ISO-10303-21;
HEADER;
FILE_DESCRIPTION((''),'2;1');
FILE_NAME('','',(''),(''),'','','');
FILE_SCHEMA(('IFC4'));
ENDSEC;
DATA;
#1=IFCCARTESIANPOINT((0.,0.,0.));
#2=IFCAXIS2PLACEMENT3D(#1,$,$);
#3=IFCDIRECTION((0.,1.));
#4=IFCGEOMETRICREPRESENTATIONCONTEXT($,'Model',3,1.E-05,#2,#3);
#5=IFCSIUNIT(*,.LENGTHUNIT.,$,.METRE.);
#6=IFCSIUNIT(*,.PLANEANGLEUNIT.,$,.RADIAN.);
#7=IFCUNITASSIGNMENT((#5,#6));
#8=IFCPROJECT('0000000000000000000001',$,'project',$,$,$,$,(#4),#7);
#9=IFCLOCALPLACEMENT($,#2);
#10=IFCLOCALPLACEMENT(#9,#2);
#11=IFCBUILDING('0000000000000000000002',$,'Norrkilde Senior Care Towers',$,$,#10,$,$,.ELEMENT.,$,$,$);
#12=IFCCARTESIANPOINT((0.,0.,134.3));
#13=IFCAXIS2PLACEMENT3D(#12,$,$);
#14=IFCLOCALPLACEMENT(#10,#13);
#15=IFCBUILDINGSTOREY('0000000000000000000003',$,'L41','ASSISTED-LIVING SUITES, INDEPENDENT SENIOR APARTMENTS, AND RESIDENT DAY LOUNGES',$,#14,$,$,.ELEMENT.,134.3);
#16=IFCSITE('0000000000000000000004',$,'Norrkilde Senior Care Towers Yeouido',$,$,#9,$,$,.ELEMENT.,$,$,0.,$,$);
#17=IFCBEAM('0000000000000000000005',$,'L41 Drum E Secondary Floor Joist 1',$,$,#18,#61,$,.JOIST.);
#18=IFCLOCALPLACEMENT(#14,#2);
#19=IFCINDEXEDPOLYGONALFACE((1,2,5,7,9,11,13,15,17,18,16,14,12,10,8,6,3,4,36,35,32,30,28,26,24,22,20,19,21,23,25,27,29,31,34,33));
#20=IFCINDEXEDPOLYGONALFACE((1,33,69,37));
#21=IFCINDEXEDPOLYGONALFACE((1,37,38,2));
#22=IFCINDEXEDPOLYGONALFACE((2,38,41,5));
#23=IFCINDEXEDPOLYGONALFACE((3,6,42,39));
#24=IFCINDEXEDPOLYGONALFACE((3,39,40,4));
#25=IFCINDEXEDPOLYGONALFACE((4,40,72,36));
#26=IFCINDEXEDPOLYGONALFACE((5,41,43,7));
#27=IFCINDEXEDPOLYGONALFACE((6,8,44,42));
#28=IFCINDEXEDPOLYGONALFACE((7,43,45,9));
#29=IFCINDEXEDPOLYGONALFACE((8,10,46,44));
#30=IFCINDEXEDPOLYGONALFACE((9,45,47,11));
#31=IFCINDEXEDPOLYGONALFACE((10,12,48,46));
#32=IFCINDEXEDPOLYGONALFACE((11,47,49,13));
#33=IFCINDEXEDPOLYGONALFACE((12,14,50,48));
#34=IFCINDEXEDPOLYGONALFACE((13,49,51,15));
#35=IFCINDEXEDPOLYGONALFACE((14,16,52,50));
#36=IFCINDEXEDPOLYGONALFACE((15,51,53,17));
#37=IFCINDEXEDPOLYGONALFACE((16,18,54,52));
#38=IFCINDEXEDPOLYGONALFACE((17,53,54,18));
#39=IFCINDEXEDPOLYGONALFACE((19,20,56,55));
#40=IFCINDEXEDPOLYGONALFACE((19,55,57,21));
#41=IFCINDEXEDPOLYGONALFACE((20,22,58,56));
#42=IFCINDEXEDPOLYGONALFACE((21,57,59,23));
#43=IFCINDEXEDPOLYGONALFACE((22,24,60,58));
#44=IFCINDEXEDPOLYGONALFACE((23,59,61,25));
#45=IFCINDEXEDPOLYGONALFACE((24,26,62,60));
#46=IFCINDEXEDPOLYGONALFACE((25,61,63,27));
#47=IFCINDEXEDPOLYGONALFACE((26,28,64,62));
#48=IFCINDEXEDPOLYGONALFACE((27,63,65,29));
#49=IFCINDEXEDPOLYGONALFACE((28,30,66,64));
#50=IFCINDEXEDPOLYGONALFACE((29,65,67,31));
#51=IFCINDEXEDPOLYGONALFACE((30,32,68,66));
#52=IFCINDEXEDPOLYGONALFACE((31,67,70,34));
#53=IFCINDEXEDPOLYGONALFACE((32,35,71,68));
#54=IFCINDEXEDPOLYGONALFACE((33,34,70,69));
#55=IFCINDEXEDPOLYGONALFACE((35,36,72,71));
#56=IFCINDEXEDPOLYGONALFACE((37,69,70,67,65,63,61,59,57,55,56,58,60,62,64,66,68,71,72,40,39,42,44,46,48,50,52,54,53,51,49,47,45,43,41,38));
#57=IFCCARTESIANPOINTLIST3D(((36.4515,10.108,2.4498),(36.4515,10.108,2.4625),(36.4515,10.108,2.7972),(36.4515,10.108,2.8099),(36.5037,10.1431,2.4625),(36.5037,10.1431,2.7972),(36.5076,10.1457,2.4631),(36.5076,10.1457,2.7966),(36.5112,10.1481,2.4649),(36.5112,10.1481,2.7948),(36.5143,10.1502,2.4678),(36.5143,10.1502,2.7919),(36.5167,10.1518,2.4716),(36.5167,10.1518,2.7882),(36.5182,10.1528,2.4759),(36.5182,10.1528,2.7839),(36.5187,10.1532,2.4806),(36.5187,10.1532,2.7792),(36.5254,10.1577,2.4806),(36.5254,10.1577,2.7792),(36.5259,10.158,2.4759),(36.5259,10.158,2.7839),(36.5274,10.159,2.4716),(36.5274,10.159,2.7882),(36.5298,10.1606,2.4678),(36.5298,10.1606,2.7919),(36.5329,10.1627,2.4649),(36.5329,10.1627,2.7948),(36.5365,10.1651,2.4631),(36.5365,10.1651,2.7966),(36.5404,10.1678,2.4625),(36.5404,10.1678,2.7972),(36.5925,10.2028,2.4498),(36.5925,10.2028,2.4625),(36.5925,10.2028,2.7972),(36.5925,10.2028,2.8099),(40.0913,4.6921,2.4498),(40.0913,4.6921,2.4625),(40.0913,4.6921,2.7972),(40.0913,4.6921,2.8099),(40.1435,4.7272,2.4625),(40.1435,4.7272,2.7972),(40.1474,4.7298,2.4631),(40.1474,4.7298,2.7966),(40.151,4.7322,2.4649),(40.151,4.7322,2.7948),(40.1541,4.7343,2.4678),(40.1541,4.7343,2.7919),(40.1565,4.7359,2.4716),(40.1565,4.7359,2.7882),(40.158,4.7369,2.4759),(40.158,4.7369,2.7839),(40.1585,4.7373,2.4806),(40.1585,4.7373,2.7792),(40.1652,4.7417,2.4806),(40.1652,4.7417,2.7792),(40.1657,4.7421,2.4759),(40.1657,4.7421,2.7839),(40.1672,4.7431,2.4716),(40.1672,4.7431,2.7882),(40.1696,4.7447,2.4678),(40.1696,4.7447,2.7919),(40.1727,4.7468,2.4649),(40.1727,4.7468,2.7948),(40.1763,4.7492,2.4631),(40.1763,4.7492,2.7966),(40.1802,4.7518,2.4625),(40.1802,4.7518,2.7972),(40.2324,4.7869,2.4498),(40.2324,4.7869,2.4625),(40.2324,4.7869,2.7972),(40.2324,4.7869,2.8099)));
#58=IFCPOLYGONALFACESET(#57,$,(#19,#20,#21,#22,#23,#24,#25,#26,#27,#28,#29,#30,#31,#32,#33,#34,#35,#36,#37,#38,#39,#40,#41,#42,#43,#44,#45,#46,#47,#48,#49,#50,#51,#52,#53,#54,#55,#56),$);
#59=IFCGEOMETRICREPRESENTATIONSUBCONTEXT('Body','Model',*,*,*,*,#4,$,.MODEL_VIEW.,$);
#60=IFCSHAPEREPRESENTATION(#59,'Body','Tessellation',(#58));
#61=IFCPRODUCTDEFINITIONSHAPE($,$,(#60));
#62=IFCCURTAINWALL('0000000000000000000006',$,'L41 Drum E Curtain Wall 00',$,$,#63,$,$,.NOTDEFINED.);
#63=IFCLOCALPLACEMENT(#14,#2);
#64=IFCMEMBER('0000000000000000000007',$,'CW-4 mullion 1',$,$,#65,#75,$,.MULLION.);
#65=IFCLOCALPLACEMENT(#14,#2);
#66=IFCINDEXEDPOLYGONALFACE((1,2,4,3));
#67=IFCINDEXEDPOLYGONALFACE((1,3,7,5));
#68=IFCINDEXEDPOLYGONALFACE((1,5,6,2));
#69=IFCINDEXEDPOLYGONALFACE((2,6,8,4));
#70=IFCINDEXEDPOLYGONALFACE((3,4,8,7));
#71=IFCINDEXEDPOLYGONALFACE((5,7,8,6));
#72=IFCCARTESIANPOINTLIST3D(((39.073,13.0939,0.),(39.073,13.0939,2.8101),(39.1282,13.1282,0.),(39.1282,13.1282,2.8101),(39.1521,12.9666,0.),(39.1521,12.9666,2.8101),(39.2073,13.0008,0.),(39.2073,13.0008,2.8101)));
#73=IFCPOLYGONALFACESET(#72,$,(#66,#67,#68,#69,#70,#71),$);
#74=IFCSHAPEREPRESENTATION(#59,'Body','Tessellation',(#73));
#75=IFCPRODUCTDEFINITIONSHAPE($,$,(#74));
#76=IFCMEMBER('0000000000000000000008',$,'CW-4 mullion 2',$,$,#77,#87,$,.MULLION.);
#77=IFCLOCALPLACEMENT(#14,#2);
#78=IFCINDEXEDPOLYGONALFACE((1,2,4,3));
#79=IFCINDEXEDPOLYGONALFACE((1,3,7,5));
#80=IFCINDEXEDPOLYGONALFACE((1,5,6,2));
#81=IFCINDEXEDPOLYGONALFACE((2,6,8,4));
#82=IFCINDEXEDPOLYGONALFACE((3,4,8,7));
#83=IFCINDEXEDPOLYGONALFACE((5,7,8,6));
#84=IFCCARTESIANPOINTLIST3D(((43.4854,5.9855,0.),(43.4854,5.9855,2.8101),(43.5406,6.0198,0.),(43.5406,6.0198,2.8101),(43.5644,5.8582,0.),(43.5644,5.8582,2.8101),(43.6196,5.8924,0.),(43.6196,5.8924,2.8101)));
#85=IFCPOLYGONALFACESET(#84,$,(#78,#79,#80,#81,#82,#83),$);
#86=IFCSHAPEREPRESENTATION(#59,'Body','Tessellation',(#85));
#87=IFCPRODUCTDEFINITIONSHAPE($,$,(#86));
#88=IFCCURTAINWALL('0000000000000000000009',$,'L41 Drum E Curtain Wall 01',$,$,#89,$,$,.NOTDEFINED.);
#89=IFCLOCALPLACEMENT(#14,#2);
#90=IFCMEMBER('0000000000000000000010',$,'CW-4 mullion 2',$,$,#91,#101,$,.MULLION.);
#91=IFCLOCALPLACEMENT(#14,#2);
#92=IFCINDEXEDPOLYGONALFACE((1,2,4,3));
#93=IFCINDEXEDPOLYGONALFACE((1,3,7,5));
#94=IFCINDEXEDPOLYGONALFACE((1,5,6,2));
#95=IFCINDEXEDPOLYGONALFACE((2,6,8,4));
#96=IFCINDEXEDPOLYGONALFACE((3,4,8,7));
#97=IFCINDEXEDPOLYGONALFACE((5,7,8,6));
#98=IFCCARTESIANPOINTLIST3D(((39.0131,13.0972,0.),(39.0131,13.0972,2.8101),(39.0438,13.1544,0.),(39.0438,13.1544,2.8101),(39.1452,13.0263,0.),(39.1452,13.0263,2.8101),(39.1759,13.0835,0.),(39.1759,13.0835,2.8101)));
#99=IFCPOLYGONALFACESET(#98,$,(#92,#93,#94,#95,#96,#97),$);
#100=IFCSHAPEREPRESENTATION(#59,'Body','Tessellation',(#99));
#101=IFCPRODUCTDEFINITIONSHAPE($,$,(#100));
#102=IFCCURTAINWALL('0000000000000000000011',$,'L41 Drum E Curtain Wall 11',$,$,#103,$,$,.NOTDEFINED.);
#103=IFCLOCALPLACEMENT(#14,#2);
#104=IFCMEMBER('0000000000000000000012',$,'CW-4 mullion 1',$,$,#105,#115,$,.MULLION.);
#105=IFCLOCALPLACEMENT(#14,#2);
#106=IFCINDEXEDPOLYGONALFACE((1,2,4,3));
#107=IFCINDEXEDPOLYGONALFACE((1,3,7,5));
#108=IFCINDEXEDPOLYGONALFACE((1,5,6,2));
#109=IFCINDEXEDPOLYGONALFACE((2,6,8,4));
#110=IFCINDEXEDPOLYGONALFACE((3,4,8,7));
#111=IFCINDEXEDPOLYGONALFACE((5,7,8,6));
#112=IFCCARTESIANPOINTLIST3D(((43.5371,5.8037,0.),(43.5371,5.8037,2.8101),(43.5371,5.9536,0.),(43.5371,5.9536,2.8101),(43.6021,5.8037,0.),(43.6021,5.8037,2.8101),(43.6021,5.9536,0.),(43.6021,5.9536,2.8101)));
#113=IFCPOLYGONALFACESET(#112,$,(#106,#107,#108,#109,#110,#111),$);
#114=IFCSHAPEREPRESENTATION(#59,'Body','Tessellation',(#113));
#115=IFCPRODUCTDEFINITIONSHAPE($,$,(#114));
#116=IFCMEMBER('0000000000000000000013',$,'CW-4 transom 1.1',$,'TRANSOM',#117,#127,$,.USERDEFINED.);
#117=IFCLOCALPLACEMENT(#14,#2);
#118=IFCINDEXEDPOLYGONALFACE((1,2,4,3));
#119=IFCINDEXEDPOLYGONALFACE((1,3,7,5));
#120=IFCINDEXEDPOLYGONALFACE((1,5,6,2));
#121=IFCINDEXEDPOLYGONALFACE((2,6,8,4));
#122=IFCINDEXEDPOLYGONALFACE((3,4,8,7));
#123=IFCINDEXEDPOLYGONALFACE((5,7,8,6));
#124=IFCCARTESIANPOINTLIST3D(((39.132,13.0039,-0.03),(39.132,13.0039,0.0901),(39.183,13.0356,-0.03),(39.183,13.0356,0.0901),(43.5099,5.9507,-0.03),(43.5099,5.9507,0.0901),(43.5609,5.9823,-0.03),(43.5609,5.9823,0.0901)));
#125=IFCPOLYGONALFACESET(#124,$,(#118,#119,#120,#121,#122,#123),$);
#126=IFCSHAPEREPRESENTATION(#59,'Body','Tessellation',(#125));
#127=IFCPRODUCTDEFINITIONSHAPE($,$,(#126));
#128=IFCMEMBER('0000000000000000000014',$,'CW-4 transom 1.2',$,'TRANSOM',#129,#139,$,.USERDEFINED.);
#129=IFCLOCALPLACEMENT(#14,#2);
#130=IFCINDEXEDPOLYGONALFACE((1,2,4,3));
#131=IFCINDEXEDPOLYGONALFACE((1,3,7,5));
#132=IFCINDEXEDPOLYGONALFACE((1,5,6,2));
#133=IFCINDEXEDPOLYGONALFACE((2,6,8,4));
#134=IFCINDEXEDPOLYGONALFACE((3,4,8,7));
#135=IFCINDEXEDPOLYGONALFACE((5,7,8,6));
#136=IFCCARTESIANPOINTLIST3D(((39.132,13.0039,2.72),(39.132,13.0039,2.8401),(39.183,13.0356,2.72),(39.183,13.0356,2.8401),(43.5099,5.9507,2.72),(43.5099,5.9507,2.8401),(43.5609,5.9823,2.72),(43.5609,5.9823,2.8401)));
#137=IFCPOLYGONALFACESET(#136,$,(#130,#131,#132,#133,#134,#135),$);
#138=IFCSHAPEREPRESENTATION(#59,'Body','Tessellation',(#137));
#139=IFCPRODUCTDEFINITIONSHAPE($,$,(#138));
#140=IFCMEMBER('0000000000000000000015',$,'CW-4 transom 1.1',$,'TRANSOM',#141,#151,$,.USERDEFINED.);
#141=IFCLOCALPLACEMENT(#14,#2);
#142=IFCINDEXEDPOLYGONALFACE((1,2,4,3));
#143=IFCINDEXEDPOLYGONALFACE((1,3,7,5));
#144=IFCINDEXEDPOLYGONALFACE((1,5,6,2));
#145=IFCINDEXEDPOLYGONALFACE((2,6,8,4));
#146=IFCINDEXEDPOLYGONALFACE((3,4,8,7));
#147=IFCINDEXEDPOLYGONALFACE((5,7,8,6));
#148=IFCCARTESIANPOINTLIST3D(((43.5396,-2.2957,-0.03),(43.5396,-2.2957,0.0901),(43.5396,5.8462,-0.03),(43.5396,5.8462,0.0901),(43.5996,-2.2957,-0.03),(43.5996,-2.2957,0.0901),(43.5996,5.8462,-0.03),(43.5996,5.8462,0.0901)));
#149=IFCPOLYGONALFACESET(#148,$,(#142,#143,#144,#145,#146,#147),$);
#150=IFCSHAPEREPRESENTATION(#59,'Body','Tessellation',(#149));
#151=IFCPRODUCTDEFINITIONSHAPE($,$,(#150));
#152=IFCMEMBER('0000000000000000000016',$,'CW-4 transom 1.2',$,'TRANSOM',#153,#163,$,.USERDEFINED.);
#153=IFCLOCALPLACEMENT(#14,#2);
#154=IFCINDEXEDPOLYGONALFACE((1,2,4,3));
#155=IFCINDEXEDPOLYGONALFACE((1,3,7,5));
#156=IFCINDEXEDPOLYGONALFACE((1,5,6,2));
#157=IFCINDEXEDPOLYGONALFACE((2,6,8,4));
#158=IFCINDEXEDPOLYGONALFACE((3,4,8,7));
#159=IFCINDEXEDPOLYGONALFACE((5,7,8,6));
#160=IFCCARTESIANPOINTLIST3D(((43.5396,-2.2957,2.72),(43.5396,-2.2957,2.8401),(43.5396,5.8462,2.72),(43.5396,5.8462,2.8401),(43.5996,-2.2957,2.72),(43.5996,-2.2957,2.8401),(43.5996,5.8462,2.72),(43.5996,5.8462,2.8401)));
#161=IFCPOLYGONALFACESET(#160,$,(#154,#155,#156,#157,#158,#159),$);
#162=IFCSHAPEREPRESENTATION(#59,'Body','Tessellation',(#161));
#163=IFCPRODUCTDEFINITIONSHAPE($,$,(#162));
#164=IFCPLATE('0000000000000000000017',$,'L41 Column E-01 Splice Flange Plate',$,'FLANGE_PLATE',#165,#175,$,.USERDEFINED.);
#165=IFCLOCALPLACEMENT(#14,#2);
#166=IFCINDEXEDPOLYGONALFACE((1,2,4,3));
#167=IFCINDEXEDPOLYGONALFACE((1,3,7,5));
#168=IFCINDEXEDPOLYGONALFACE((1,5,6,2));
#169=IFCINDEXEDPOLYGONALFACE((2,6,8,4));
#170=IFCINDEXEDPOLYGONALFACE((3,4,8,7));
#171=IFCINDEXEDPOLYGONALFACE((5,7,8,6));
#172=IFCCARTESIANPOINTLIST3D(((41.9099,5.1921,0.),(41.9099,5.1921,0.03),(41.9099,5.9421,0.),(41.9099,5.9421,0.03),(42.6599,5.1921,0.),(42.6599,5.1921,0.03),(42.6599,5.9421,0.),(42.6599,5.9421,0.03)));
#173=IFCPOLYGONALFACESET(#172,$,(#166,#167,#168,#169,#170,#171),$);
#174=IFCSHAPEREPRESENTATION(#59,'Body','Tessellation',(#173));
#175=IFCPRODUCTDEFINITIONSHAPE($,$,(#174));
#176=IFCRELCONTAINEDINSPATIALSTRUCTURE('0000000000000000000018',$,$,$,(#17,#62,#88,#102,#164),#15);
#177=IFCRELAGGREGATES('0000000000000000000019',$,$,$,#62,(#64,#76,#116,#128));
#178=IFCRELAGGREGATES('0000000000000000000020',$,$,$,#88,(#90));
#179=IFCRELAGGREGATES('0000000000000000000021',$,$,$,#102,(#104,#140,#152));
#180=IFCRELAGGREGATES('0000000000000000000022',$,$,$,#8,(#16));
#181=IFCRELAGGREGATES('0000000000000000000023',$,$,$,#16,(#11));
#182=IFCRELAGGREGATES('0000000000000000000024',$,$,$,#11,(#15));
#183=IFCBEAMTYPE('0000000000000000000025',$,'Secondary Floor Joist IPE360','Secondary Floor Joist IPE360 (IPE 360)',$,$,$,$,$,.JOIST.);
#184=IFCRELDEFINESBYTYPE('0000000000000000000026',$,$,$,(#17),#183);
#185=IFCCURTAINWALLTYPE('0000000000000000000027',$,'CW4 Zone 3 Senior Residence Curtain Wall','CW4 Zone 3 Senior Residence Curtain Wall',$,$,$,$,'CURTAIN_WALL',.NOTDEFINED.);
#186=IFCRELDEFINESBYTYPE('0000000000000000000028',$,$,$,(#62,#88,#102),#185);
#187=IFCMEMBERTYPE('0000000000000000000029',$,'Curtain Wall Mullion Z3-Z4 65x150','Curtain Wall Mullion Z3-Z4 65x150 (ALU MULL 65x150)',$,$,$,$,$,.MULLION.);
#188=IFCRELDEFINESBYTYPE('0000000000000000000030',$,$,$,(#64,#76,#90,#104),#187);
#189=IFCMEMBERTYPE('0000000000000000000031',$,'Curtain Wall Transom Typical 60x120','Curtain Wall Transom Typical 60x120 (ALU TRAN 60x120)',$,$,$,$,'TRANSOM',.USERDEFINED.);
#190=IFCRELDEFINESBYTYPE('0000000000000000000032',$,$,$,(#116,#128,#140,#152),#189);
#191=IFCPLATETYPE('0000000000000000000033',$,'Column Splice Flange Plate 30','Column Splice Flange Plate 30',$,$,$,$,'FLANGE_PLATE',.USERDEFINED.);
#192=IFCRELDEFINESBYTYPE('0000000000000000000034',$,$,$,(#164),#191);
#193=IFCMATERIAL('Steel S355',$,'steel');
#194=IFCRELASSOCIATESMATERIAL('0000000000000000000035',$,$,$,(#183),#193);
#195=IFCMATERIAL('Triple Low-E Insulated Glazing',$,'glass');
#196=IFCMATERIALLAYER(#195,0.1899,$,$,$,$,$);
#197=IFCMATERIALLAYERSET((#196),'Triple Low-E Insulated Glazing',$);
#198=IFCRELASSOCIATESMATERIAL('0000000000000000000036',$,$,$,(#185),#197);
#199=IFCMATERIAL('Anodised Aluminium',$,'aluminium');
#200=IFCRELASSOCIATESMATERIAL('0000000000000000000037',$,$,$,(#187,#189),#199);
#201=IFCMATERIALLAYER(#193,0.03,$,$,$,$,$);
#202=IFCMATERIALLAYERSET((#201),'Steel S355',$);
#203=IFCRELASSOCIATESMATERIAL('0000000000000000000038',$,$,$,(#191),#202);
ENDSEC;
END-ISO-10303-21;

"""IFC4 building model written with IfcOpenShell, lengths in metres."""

from ifc_helpers import new_model, si_unit, direction, frame, origin, origin_2d, place, context, subcontext, project, spatial, rectangle, i_section, extrude, source, transform, mapped, material, layer, layer_set, material_profile, profile_set, type_object, type_shapes, element, aggregate, save


model = new_model("IFC4")

# Units and contexts
model_context = context("Model", 3, precision=1e-05, world=origin(), true_north=direction((0.0, 1.0)))
body_context = subcontext(model_context, "Body", "Model", "MODEL_VIEW")
ifc_project = project(units=[si_unit("LENGTHUNIT", "METRE"), si_unit("PLANEANGLEUNIT", "RADIAN")], contexts=[model_context])

# Site, building, storey
site_placement = place(None, origin())
site = spatial("IfcSite", under=ifc_project, at=site_placement, Name="Norrkilde Senior Care Towers Yeouido", CompositionType="ELEMENT", RefElevation=0.0)
building_placement = place(site_placement, origin())
building = spatial("IfcBuilding", under=site, at=building_placement, Name="Norrkilde Senior Care Towers", CompositionType="ELEMENT")
storey_placement = place(building_placement, frame((0.0, 0.0, 134.3)))
storey = spatial("IfcBuildingStorey", under=building, at=storey_placement, Name="L41", Description="ASSISTED-LIVING SUITES, INDEPENDENT SENIOR APARTMENTS, AND RESIDENT DAY LOUNGES", CompositionType="ELEMENT", Elevation=134.3)

# Beam
ifc_material_1 = material(Name="Steel S355", Category="steel")
ifc_material_profile_1 = material_profile(ifc_material_1, i_section(OverallWidth=0.1699, OverallDepth=0.3601, WebThickness=0.0081, FlangeThickness=0.0127, FilletRadius=0.0181, at=origin_2d()), Name="IPE 360")
ifc_profile_set_1 = profile_set([ifc_material_profile_1], Name="Steel S355")
beam_type_1 = type_object("IfcBeamType", Name="Secondary Floor Joist IPE360", Description="Secondary Floor Joist IPE360 (IPE 360)", PredefinedType="JOIST", material=ifc_profile_set_1)
shared_shape_1 = source(origin(), body_context, "Body", "SweptSolid", [
    extrude(i_section(OverallWidth=0.1699, OverallDepth=0.3601, WebThickness=0.0081, FlangeThickness=0.0127, FilletRadius=0.0181, at=origin_2d()), origin(), (0.0, 0.0, 1.0), 6.5254),
])
type_shapes(beam_type_1, [shared_shape_1])
beam_1_placement = place(storey_placement, frame((40.1619, 4.7395, 2.6299), z_axis=(-0.557796, 0.829978, 0.0), x_axis=(-0.829978, -0.557796, 0.0)))
element("IfcBeam", 1, at=beam_1_placement, inside=storey, type_object=beam_type_1, Name="L41 Drum E Secondary Floor Joist 1", PredefinedType="JOIST", context=body_context, shape_type="MappedRepresentation", body=[
    mapped(shared_shape_1, transform((0.0, 0.0, 0.0), x_axis=(1.0, 0.0, 0.0), y_axis=(0.0, 1.0, 0.0), z_axis=(0.0, 0.0, 1.0), scale=1.0)),
])

# Curtain wall, members
ifc_material_2 = material(Name="Triple Low-E Insulated Glazing", Category="glass")
ifc_layer_1 = layer(ifc_material_2, 0.1899)
ifc_layer_set_1 = layer_set([ifc_layer_1], Name="Triple Low-E Insulated Glazing")
curtain_wall_type = type_object("IfcCurtainWallType", Name="CW4 Zone 3 Senior Residence Curtain Wall", Description="CW4 Zone 3 Senior Residence Curtain Wall", ElementType="CURTAIN_WALL", PredefinedType="NOTDEFINED", material=ifc_layer_set_1)
curtain_wall_1_placement = place(storey_placement, origin())
curtain_wall_1 = element("IfcCurtainWall", 2, at=curtain_wall_1_placement, inside=storey, type_object=curtain_wall_type, Name="L41 Drum E Curtain Wall 00", PredefinedType="NOTDEFINED")
ifc_material_3 = material(Name="Anodised Aluminium", Category="aluminium")
ifc_material_profile_2 = material_profile(ifc_material_3, rectangle(XDim=0.0649, YDim=0.1499, at=origin_2d()), Name="ALU MULL 65x150")
ifc_profile_set_2 = profile_set([ifc_material_profile_2], Name="Anodised Aluminium")
member_type_1 = type_object("IfcMemberType", Name="Curtain Wall Mullion Z3-Z4 65x150", Description="Curtain Wall Mullion Z3-Z4 65x150 (ALU MULL 65x150)", PredefinedType="MULLION", material=ifc_profile_set_2)
shared_shape_2 = source(origin(), body_context, "Body", "SweptSolid", [
    extrude(rectangle(XDim=0.0649, YDim=0.1499, at=origin_2d()), origin(), (0.0, 0.0, 1.0), 2.8101),
])
type_shapes(member_type_1, [shared_shape_2])
member_1_placement = place(storey_placement, frame((39.1401, 13.0474, 0.0), z_axis=(0.0, 0.0, 1.0), x_axis=(0.849634, 0.527373, 0.0)))
member_1 = element("IfcMember", 3, at=member_1_placement, type_object=member_type_1, Name="CW-4 mullion 1", PredefinedType="MULLION", context=body_context, shape_type="MappedRepresentation", body=[
    mapped(shared_shape_2, transform((0.0, 0.0, 0.0), x_axis=(1.0, 0.0, 0.0), y_axis=(0.0, 1.0, 0.0), z_axis=(0.0, 0.0, 1.0), scale=1.0)),
])
member_2_placement = place(storey_placement, frame((43.5525, 5.939, 0.0), z_axis=(0.0, 0.0, 1.0), x_axis=(0.849634, 0.527373, 0.0)))
member_2 = element("IfcMember", 4, at=member_2_placement, type_object=member_type_1, Name="CW-4 mullion 2", PredefinedType="MULLION", context=body_context, shape_type="MappedRepresentation", body=[
    mapped(shared_shape_2, transform((0.0, 0.0, 0.0), x_axis=(1.0, 0.0, 0.0), y_axis=(0.0, 1.0, 0.0), z_axis=(0.0, 0.0, 1.0), scale=1.0)),
])

# Curtain walls, members
curtain_wall_2_placement = place(storey_placement, origin())
curtain_wall_2 = element("IfcCurtainWall", 5, at=curtain_wall_2_placement, inside=storey, type_object=curtain_wall_type, Name="L41 Drum E Curtain Wall 01", PredefinedType="NOTDEFINED")
member_3_placement = place(storey_placement, frame((39.0945, 13.0903, 0.0), z_axis=(0.0, 0.0, 1.0), x_axis=(0.473117, 0.881, 0.0)))
member_3 = element("IfcMember", 6, at=member_3_placement, type_object=member_type_1, Name="CW-4 mullion 2", PredefinedType="MULLION", context=body_context, shape_type="MappedRepresentation", body=[
    mapped(shared_shape_2, transform((0.0, 0.0, 0.0), x_axis=(1.0, 0.0, 0.0), y_axis=(0.0, 1.0, 0.0), z_axis=(0.0, 0.0, 1.0), scale=1.0)),
])
curtain_wall_3_placement = place(storey_placement, origin())
curtain_wall_3 = element("IfcCurtainWall", 7, at=curtain_wall_3_placement, inside=storey, type_object=curtain_wall_type, Name="L41 Drum E Curtain Wall 11", PredefinedType="NOTDEFINED")
member_4_placement = place(storey_placement, frame((43.5696, 5.8787, 0.0), z_axis=(0.0, 0.0, 1.0), x_axis=(1.0, 0.0, 0.0)))
member_4 = element("IfcMember", 8, at=member_4_placement, type_object=member_type_1, Name="CW-4 mullion 1", PredefinedType="MULLION", context=body_context, shape_type="MappedRepresentation", body=[
    mapped(shared_shape_2, transform((0.0, 0.0, 0.0), x_axis=(1.0, 0.0, 0.0), y_axis=(0.0, 1.0, 0.0), z_axis=(0.0, 0.0, 1.0), scale=1.0)),
])

# Members
ifc_material_profile_3 = material_profile(ifc_material_3, rectangle(XDim=0.0601, YDim=0.1201, at=origin_2d()), Name="ALU TRAN 60x120")
ifc_profile_set_3 = profile_set([ifc_material_profile_3], Name="Anodised Aluminium")
member_type_2 = type_object("IfcMemberType", Name="Curtain Wall Transom Typical 60x120", Description="Curtain Wall Transom Typical 60x120 (ALU TRAN 60x120)", ElementType="TRANSOM", PredefinedType="USERDEFINED", material=ifc_profile_set_3)
shared_shape_3 = source(origin(), body_context, "Body", "SweptSolid", [
    extrude(rectangle(XDim=0.0601, YDim=0.1201, at=origin_2d()), origin(), (0.0, 0.0, 1.0), 8.3015),
])
member_5_placement = place(storey_placement, frame((39.1575, 13.0198, 0.03), z_axis=(0.527369, -0.849637, 0.0), x_axis=(0.849637, 0.527369, 0.0)))
member_5 = element("IfcMember", 9, at=member_5_placement, type_object=member_type_2, Name="CW-4 transom 1.1", ObjectType="TRANSOM", PredefinedType="USERDEFINED", context=body_context, shape_type="MappedRepresentation", body=[
    mapped(shared_shape_3, transform((0.0, 0.0, 0.0), x_axis=(1.0, 0.0, 0.0), y_axis=(0.0, 1.0, 0.0), z_axis=(0.0, 0.0, 1.0), scale=1.0)),
])
member_6_placement = place(storey_placement, frame((39.1575, 13.0198, 2.78), z_axis=(0.527369, -0.849637, 0.0), x_axis=(0.849637, 0.527369, 0.0)))
member_6 = element("IfcMember", 10, at=member_6_placement, type_object=member_type_2, Name="CW-4 transom 1.2", ObjectType="TRANSOM", PredefinedType="USERDEFINED", context=body_context, shape_type="MappedRepresentation", body=[
    mapped(shared_shape_3, transform((0.0, 0.0, 0.0), x_axis=(1.0, 0.0, 0.0), y_axis=(0.0, 1.0, 0.0), z_axis=(0.0, 0.0, 1.0), scale=1.0)),
])
shared_shape_4 = source(origin(), body_context, "Body", "SweptSolid", [
    extrude(rectangle(XDim=0.0601, YDim=0.1201, at=origin_2d()), origin(), (0.0, 0.0, 1.0), 8.1418),
])
type_shapes(member_type_2, [shared_shape_3, shared_shape_4])
member_7_placement = place(storey_placement, frame((43.5696, 5.8462, 0.03), z_axis=(0.0, -1.0, 0.0), x_axis=(1.0, 0.0, 0.0)))
member_7 = element("IfcMember", 11, at=member_7_placement, type_object=member_type_2, Name="CW-4 transom 1.1", ObjectType="TRANSOM", PredefinedType="USERDEFINED", context=body_context, shape_type="MappedRepresentation", body=[
    mapped(shared_shape_4, transform((0.0, 0.0, 0.0), x_axis=(1.0, 0.0, 0.0), y_axis=(0.0, 1.0, 0.0), z_axis=(0.0, 0.0, 1.0), scale=1.0)),
])
member_8_placement = place(storey_placement, frame((43.5696, 5.8462, 2.78), z_axis=(0.0, -1.0, 0.0), x_axis=(1.0, 0.0, 0.0)))
member_8 = element("IfcMember", 12, at=member_8_placement, type_object=member_type_2, Name="CW-4 transom 1.2", ObjectType="TRANSOM", PredefinedType="USERDEFINED", context=body_context, shape_type="MappedRepresentation", body=[
    mapped(shared_shape_4, transform((0.0, 0.0, 0.0), x_axis=(1.0, 0.0, 0.0), y_axis=(0.0, 1.0, 0.0), z_axis=(0.0, 0.0, 1.0), scale=1.0)),
])

# Plate
ifc_layer_2 = layer(ifc_material_1, 0.03)
ifc_layer_set_2 = layer_set([ifc_layer_2], Name="Steel S355")
plate_type_1 = type_object("IfcPlateType", Name="Column Splice Flange Plate 30", Description="Column Splice Flange Plate 30", ElementType="FLANGE_PLATE", PredefinedType="USERDEFINED", material=ifc_layer_set_2)
shared_shape_5 = source(origin(), body_context, "Body", "SweptSolid", [
    extrude(rectangle(XDim=0.75, YDim=0.75, at=origin_2d()), origin(), (0.0, 0.0, 1.0), 0.03),
])
type_shapes(plate_type_1, [shared_shape_5])
plate_1_placement = place(storey_placement, frame((42.2849, 5.5671, 0.0), z_axis=(0.0, 0.0, 1.0), x_axis=(1.0, 0.0, 0.0)))
element("IfcPlate", 13, at=plate_1_placement, inside=storey, type_object=plate_type_1, Name="L41 Column E-01 Splice Flange Plate", ObjectType="FLANGE_PLATE", PredefinedType="USERDEFINED", context=body_context, shape_type="MappedRepresentation", body=[
    mapped(shared_shape_5, transform((0.0, 0.0, 0.0), x_axis=(1.0, 0.0, 0.0), y_axis=(0.0, 1.0, 0.0), z_axis=(0.0, 0.0, 1.0), scale=1.0)),
])
aggregate(curtain_wall_1, [member_1, member_2, member_5, member_6])
aggregate(curtain_wall_2, [member_3])
aggregate(curtain_wall_3, [member_4, member_7, member_8])

save(model, "model.ifc")
